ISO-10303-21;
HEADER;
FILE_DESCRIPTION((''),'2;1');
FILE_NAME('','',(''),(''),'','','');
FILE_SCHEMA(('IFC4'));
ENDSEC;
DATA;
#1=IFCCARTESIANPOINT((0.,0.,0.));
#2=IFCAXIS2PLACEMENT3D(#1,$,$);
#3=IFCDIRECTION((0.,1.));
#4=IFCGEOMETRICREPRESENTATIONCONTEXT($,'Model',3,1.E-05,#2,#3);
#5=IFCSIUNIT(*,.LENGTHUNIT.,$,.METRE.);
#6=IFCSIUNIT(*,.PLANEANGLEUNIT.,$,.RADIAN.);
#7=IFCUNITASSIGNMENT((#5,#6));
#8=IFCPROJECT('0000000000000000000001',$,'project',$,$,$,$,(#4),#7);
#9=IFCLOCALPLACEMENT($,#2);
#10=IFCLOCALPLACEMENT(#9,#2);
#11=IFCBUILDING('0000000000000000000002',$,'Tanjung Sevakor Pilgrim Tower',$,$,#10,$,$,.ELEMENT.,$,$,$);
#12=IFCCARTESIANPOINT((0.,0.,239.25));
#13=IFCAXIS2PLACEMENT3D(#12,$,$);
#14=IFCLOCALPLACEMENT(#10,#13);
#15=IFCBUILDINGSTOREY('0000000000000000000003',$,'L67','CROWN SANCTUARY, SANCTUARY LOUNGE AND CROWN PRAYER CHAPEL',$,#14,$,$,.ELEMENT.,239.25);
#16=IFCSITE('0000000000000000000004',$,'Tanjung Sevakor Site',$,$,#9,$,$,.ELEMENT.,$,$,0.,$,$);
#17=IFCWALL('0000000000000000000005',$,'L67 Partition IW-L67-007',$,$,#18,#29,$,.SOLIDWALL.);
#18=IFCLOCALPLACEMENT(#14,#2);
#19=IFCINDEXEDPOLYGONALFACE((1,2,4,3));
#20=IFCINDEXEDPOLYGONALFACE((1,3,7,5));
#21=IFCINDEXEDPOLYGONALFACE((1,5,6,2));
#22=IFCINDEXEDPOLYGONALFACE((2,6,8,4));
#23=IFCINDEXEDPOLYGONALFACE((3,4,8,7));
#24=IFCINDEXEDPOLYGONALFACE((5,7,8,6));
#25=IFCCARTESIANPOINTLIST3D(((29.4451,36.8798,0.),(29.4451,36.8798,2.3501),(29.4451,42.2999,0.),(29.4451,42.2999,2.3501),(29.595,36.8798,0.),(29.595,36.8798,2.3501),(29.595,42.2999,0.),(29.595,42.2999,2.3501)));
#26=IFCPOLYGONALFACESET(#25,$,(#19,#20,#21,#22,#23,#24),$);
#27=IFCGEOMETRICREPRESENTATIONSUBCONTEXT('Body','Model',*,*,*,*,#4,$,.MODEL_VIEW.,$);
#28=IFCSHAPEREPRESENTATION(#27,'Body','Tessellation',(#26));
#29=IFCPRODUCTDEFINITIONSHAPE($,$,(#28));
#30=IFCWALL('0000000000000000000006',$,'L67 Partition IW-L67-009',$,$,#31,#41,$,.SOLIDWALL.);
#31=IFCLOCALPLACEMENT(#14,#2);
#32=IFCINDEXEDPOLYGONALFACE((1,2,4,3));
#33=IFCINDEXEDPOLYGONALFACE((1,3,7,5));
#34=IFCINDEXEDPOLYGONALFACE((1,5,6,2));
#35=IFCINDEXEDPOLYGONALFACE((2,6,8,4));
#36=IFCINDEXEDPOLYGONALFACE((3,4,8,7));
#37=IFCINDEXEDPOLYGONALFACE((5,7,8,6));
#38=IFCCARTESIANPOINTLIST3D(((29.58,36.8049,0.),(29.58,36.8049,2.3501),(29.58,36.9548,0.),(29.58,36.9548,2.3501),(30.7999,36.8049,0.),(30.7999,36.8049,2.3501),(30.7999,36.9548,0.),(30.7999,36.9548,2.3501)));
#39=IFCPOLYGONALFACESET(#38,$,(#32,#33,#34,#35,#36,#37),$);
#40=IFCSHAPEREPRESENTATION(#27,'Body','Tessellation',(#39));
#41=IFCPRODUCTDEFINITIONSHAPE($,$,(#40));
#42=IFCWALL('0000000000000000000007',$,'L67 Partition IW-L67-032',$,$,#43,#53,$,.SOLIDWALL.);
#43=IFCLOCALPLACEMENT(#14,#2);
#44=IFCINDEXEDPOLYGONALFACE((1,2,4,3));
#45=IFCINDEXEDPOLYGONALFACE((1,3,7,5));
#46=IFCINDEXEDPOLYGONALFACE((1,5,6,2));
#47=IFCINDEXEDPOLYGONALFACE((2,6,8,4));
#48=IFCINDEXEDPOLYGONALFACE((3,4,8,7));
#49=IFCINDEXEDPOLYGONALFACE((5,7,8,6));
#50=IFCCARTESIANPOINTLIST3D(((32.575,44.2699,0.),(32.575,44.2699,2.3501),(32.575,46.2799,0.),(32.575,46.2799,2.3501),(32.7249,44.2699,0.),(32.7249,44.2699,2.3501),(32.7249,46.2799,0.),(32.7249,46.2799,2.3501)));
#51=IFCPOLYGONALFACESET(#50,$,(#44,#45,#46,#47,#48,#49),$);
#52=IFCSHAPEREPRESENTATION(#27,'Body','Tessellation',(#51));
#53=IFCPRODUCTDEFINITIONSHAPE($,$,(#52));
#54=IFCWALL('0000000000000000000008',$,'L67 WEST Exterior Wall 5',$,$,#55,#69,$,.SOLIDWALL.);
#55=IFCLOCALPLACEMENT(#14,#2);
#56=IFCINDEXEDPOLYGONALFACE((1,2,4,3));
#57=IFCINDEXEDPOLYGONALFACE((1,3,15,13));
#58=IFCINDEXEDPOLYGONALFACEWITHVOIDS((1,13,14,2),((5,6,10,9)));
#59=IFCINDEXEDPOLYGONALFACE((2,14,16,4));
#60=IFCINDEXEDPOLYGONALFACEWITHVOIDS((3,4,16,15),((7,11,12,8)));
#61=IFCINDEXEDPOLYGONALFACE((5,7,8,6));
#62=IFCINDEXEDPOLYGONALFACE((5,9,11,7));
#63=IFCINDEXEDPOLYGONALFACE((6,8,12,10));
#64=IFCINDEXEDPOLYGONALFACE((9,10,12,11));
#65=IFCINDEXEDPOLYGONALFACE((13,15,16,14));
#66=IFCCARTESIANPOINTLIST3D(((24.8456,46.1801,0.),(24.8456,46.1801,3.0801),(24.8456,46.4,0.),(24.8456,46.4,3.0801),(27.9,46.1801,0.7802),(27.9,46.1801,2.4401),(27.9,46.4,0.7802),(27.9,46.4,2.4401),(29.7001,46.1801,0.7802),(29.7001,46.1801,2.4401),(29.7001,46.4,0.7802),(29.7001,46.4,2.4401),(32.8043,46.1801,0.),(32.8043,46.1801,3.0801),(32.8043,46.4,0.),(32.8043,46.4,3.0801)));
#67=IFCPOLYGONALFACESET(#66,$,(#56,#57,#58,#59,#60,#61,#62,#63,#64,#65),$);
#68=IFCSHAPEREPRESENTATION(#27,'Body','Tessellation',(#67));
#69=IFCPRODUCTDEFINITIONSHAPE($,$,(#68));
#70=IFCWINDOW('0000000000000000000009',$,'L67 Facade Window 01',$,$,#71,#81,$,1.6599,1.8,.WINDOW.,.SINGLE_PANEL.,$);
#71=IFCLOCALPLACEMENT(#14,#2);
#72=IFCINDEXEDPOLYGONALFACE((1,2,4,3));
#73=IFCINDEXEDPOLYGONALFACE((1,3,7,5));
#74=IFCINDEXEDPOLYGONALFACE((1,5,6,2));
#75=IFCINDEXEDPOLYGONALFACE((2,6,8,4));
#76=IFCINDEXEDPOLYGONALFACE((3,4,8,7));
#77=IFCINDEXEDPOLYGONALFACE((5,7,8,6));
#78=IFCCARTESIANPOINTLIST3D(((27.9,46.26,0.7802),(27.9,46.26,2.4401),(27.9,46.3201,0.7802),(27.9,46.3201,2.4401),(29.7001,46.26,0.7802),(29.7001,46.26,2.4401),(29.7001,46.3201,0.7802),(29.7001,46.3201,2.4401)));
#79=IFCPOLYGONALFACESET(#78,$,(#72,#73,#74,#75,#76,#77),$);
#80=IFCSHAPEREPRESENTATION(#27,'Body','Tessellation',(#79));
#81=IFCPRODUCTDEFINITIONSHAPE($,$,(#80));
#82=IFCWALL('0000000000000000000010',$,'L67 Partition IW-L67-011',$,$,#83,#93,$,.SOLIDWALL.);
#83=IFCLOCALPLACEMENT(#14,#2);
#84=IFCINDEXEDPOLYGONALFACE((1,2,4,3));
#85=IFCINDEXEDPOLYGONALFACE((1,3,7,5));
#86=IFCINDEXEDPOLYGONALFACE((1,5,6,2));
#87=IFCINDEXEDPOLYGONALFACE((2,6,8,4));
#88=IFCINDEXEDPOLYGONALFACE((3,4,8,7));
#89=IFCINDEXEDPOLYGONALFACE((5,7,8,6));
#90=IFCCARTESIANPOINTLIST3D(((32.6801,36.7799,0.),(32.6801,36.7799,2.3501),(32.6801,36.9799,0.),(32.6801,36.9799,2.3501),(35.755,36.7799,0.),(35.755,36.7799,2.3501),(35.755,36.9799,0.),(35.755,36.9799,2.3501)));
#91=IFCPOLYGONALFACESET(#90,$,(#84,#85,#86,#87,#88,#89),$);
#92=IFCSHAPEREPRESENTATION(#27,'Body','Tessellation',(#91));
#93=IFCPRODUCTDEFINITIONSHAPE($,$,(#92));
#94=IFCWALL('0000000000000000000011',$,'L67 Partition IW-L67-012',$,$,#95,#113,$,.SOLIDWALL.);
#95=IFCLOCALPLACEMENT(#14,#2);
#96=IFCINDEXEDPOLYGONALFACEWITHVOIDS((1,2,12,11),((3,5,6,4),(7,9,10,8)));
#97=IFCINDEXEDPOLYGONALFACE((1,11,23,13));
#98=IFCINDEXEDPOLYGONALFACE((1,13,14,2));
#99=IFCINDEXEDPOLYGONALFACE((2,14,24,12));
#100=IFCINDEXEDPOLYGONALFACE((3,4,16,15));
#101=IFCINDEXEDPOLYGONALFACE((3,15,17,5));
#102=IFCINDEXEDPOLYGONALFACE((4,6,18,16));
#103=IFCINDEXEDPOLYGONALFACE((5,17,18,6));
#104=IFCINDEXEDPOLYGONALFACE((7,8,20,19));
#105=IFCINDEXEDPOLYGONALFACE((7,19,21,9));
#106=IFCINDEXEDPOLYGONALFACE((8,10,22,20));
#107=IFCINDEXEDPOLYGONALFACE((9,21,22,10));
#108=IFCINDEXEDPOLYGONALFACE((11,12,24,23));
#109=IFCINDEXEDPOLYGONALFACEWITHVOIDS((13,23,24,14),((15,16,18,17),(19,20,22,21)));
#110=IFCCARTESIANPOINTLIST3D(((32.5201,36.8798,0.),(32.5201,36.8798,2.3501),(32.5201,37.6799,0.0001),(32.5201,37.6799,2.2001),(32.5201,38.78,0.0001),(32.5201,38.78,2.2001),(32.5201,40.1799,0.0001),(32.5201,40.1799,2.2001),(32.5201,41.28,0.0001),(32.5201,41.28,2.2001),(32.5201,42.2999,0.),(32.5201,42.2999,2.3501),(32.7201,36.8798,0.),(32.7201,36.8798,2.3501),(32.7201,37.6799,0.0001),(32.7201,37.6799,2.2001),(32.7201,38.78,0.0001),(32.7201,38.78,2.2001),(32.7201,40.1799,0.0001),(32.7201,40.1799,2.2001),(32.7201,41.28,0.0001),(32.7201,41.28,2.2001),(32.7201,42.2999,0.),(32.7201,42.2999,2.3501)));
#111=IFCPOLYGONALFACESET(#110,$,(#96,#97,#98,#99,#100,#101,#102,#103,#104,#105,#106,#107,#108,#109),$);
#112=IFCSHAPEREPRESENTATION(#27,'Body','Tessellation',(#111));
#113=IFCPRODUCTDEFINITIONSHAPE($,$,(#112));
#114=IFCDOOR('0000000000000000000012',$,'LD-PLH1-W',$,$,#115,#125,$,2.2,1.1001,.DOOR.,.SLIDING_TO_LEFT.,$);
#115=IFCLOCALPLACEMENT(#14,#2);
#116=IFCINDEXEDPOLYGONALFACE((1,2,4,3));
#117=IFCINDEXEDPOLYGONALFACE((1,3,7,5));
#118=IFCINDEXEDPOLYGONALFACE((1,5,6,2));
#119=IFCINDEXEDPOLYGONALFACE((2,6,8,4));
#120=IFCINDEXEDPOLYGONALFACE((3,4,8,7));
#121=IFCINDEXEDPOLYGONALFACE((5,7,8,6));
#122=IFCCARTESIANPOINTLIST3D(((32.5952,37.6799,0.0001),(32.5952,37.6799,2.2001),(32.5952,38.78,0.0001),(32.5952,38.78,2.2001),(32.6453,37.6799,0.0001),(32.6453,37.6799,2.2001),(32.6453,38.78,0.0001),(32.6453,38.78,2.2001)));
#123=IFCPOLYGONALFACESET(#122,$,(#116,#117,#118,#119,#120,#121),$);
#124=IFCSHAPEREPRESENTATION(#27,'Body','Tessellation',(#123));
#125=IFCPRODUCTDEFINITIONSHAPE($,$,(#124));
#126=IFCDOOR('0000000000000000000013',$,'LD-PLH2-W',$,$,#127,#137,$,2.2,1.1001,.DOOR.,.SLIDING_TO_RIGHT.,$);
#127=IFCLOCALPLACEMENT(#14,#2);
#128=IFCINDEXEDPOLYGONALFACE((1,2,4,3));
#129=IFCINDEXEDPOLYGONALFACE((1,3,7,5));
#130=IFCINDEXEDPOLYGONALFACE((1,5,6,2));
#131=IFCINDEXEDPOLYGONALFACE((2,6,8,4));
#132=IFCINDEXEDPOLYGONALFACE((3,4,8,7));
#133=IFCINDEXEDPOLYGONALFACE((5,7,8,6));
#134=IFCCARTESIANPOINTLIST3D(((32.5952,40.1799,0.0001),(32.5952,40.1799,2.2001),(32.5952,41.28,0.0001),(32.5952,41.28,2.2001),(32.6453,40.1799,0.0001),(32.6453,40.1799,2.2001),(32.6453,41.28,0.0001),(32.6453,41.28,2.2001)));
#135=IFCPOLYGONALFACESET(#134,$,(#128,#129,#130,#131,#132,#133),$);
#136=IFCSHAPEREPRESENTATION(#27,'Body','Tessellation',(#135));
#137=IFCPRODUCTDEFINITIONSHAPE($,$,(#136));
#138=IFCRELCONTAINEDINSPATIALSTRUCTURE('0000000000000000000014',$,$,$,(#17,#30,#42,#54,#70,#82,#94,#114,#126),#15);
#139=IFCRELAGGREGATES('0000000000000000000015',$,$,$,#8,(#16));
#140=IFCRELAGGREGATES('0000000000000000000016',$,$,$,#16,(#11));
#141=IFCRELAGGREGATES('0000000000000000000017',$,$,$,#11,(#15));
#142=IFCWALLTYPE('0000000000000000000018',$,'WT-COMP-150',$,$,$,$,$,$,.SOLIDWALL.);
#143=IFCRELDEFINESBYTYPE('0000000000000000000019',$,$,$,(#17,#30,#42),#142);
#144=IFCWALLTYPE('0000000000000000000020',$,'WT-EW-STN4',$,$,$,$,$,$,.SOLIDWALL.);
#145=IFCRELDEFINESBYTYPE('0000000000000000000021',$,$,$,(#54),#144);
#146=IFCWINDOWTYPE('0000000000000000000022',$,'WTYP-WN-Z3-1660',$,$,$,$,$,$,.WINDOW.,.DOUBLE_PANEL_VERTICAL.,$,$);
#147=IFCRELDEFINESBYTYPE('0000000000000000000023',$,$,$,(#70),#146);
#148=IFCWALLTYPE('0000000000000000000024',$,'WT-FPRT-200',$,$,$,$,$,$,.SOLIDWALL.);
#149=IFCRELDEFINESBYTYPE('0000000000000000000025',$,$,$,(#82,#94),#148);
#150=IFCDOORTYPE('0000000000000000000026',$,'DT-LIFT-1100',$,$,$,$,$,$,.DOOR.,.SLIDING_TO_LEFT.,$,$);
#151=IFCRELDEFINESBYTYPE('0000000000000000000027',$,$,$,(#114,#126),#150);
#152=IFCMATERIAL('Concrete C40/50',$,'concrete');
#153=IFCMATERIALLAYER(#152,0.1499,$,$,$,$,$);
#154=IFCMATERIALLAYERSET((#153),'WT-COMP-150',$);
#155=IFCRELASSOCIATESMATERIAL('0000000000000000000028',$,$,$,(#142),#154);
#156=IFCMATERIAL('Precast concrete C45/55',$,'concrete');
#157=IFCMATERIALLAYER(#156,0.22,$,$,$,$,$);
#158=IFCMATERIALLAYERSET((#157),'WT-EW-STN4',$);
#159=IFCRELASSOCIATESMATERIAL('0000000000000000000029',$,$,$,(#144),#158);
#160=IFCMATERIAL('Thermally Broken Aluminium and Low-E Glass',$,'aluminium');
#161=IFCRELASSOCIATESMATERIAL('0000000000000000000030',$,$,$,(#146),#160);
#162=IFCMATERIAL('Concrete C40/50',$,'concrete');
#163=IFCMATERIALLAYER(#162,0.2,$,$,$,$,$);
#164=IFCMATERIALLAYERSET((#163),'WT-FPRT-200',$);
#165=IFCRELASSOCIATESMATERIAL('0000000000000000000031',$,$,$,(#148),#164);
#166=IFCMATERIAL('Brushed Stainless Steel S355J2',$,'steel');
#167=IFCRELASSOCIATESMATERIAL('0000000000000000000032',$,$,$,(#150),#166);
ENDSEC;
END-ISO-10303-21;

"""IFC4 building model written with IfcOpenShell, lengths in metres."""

from ifc_helpers import new_model, si_unit, direction, frame, frame_2d, origin, place, context, subcontext, project, spatial, rectangle, extrude, material, layer, layer_set, type_object, element, fill, save


model = new_model("IFC4")

# Units and contexts
model_context = context("Model", 3, precision=1e-05, world=origin(), true_north=direction((0.0, 1.0)))
body_context = subcontext(model_context, "Body", "Model", "MODEL_VIEW")
ifc_project = project(units=[si_unit("LENGTHUNIT", "METRE"), si_unit("PLANEANGLEUNIT", "RADIAN")], contexts=[model_context])

# Site, building, storey
site_placement = place(None, origin())
site = spatial("IfcSite", under=ifc_project, at=site_placement, Name="Tanjung Sevakor Site", CompositionType="ELEMENT", RefElevation=0.0)
building_placement = place(site_placement, origin())
building = spatial("IfcBuilding", under=site, at=building_placement, Name="Tanjung Sevakor Pilgrim Tower", CompositionType="ELEMENT")
storey_placement = place(building_placement, frame((0.0, 0.0, 239.25)))
storey = spatial("IfcBuildingStorey", under=building, at=storey_placement, Name="L67", Description="CROWN SANCTUARY, SANCTUARY LOUNGE AND CROWN PRAYER CHAPEL", CompositionType="ELEMENT", Elevation=239.25)

# Walls
ifc_material_1 = material(Name="Concrete C40/50", Category="concrete")
ifc_layer_1 = layer(ifc_material_1, 0.1499)
ifc_layer_set_1 = layer_set([ifc_layer_1], Name="WT-COMP-150")
wall_type_1 = type_object("IfcWallType", Name="WT-COMP-150", PredefinedType="SOLIDWALL", material=ifc_layer_set_1)
wall_1_placement = place(storey_placement, frame((29.52, 36.8799, 0.0), z_axis=(0.0, 0.0, 1.0), x_axis=(0.0, 1.0, 0.0)))
element("IfcWall", 1, at=wall_1_placement, inside=storey, type_object=wall_type_1, Name="L67 Partition IW-L67-007", PredefinedType="SOLIDWALL", context=body_context, shape_type="SweptSolid", body=[
    extrude(rectangle(XDim=5.4202, YDim=0.1499, at=frame_2d((2.71, 0.0))), origin(), (0.0, 0.0, 1.0), 2.3501),
])
wall_2_placement = place(storey_placement, frame((29.5801, 36.8799, 0.0), z_axis=(0.0, 0.0, 1.0), x_axis=(1.0, 0.0, 0.0)))
element("IfcWall", 2, at=wall_2_placement, inside=storey, type_object=wall_type_1, Name="L67 Partition IW-L67-009", PredefinedType="SOLIDWALL", context=body_context, shape_type="SweptSolid", body=[
    extrude(rectangle(XDim=1.22, YDim=0.1499, at=frame_2d((0.6099, 0.0))), origin(), (0.0, 0.0, 1.0), 2.3501),
])

# Wall
wall_3_placement = place(storey_placement, frame((32.6499, 44.27, 0.0), z_axis=(0.0, 0.0, 1.0), x_axis=(0.0, 1.0, 0.0)))
element("IfcWall", 3, at=wall_3_placement, inside=storey, type_object=wall_type_1, Name="L67 Partition IW-L67-032", PredefinedType="SOLIDWALL", context=body_context, shape_type="SweptSolid", body=[
    extrude(rectangle(XDim=2.01, YDim=0.1499, at=frame_2d((1.0049, 0.0))), origin(), (0.0, 0.0, 1.0), 2.3501),
])

# Wall, opening, window
ifc_material_2 = material(Name="Precast concrete C45/55", Category="concrete")
ifc_layer_2 = layer(ifc_material_2, 0.22)
ifc_layer_set_2 = layer_set([ifc_layer_2], Name="WT-EW-STN4")
wall_type_2 = type_object("IfcWallType", Name="WT-EW-STN4", PredefinedType="SOLIDWALL", material=ifc_layer_set_2)
wall_4_placement = place(storey_placement, frame((32.8044, 46.29, 0.0), z_axis=(0.0, 0.0, 1.0), x_axis=(-1.0, 0.0, 0.0)))
wall_4 = element("IfcWall", 4, at=wall_4_placement, inside=storey, type_object=wall_type_2, Name="L67 WEST Exterior Wall 5", PredefinedType="SOLIDWALL", context=body_context, shape_type="SweptSolid", body=[
    extrude(rectangle(XDim=7.9587, YDim=0.22, at=frame_2d((3.9795, 0.0))), origin(), (0.0, 0.0, 1.0), 3.0801),
])
opening_1_placement = place(wall_4_placement, frame((3.1045, 0.0, 0.78)))
opening_1 = element("IfcOpeningElement", 5, at=opening_1_placement, cuts=wall_4, PredefinedType="OPENING", context=body_context, shape_type="SweptSolid", body=[
    extrude(rectangle(XDim=1.8, YDim=1.6599, at=frame_2d((0.8999, 0.8301))), frame((0.0, 0.1199, 0.0), z_axis=(0.0, -1.0, 0.0), x_axis=(1.0, 0.0, 0.0)), (0.0, 0.0, 1.0), 0.24),
])
ifc_material_3 = material(Name="Thermally Broken Aluminium and Low-E Glass", Category="aluminium")
window_type = type_object("IfcWindowType", Name="WTYP-WN-Z3-1660", PartitioningType="DOUBLE_PANEL_VERTICAL", PredefinedType="WINDOW", material=ifc_material_3)
window_placement = place(opening_1_placement, origin())
window = element("IfcWindow", 6, at=window_placement, inside=storey, type_object=window_type, Name="L67 Facade Window 01", OverallHeight=1.6599, OverallWidth=1.8, PartitioningType="SINGLE_PANEL", PredefinedType="WINDOW", context=body_context, shape_type="SweptSolid", body=[
    extrude(rectangle(XDim=1.8, YDim=1.6599, at=frame_2d((0.8999, 0.8301))), frame((0.0, 0.03, 0.0), z_axis=(0.0, -1.0, 0.0), x_axis=(1.0, 0.0, 0.0)), (0.0, 0.0, 1.0), 0.0601),
])
fill(opening_1, window)

# Wall
ifc_material_4 = material(Name="Concrete C40/50", Category="concrete")
ifc_layer_3 = layer(ifc_material_4, 0.2)
ifc_layer_set_3 = layer_set([ifc_layer_3], Name="WT-FPRT-200")
wall_type_3 = type_object("IfcWallType", Name="WT-FPRT-200", PredefinedType="SOLIDWALL", material=ifc_layer_set_3)
wall_5_placement = place(storey_placement, frame((32.6799, 36.8799, 0.0), z_axis=(0.0, 0.0, 1.0), x_axis=(1.0, 0.0, 0.0)))
element("IfcWall", 7, at=wall_5_placement, inside=storey, type_object=wall_type_3, Name="L67 Partition IW-L67-011", PredefinedType="SOLIDWALL", context=body_context, shape_type="SweptSolid", body=[
    extrude(rectangle(XDim=3.075, YDim=0.2, at=frame_2d((1.5376, 0.0))), origin(), (0.0, 0.0, 1.0), 2.3501),
])

# Wall, openings, doors
wall_6_placement = place(storey_placement, frame((32.6201, 36.8799, 0.0), z_axis=(0.0, 0.0, 1.0), x_axis=(0.0, 1.0, 0.0)))
wall_6 = element("IfcWall", 8, at=wall_6_placement, inside=storey, type_object=wall_type_3, Name="L67 Partition IW-L67-012", PredefinedType="SOLIDWALL", context=body_context, shape_type="SweptSolid", body=[
    extrude(rectangle(XDim=5.4202, YDim=0.2, at=frame_2d((2.71, 0.0))), origin(), (0.0, 0.0, 1.0), 2.3501),
])
opening_2_placement = place(wall_6_placement, frame((0.8, 0.0, 0.0)))
opening_2 = element("IfcOpeningElement", 9, at=opening_2_placement, cuts=wall_6, PredefinedType="OPENING", context=body_context, shape_type="SweptSolid", body=[
    extrude(rectangle(XDim=1.1001, YDim=2.2, at=frame_2d((0.55, 1.1001))), frame((0.0, 0.1099, 0.0), z_axis=(0.0, -1.0, 0.0), x_axis=(1.0, 0.0, 0.0)), (0.0, 0.0, 1.0), 0.22),
])
opening_3_placement = place(wall_6_placement, frame((3.3, 0.0, 0.0)))
opening_3 = element("IfcOpeningElement", 10, at=opening_3_placement, cuts=wall_6, PredefinedType="OPENING", context=body_context, shape_type="SweptSolid", body=[
    extrude(rectangle(XDim=1.1001, YDim=2.2, at=frame_2d((0.55, 1.1001))), frame((0.0, 0.1099, 0.0), z_axis=(0.0, -1.0, 0.0), x_axis=(1.0, 0.0, 0.0)), (0.0, 0.0, 1.0), 0.22),
])
ifc_material_5 = material(Name="Brushed Stainless Steel S355J2", Category="steel")
door_type_1 = type_object("IfcDoorType", Name="DT-LIFT-1100", OperationType="SLIDING_TO_LEFT", PredefinedType="DOOR", material=ifc_material_5)
door_1_placement = place(opening_2_placement, origin())
door_1 = element("IfcDoor", 11, at=door_1_placement, inside=storey, type_object=door_type_1, Name="LD-PLH1-W", OperationType="SLIDING_TO_LEFT", OverallHeight=2.2, OverallWidth=1.1001, PredefinedType="DOOR", context=body_context, shape_type="SweptSolid", body=[
    extrude(rectangle(XDim=1.1001, YDim=2.2, at=frame_2d((0.55, 1.1001))), frame((0.0, 0.0249, 0.0), z_axis=(0.0, -1.0, 0.0), x_axis=(1.0, 0.0, 0.0)), (0.0, 0.0, 1.0), 0.05),
])
fill(opening_2, door_1)
door_2_placement = place(opening_3_placement, origin())
door_2 = element("IfcDoor", 12, at=door_2_placement, inside=storey, type_object=door_type_1, Name="LD-PLH2-W", OperationType="SLIDING_TO_RIGHT", OverallHeight=2.2, OverallWidth=1.1001, PredefinedType="DOOR", context=body_context, shape_type="SweptSolid", body=[
    extrude(rectangle(XDim=1.1001, YDim=2.2, at=frame_2d((0.55, 1.1001))), frame((0.0, 0.0249, 0.0), z_axis=(0.0, -1.0, 0.0), x_axis=(1.0, 0.0, 0.0)), (0.0, 0.0, 1.0), 0.05),
])
fill(opening_3, door_2)

save(model, "model.ifc")
